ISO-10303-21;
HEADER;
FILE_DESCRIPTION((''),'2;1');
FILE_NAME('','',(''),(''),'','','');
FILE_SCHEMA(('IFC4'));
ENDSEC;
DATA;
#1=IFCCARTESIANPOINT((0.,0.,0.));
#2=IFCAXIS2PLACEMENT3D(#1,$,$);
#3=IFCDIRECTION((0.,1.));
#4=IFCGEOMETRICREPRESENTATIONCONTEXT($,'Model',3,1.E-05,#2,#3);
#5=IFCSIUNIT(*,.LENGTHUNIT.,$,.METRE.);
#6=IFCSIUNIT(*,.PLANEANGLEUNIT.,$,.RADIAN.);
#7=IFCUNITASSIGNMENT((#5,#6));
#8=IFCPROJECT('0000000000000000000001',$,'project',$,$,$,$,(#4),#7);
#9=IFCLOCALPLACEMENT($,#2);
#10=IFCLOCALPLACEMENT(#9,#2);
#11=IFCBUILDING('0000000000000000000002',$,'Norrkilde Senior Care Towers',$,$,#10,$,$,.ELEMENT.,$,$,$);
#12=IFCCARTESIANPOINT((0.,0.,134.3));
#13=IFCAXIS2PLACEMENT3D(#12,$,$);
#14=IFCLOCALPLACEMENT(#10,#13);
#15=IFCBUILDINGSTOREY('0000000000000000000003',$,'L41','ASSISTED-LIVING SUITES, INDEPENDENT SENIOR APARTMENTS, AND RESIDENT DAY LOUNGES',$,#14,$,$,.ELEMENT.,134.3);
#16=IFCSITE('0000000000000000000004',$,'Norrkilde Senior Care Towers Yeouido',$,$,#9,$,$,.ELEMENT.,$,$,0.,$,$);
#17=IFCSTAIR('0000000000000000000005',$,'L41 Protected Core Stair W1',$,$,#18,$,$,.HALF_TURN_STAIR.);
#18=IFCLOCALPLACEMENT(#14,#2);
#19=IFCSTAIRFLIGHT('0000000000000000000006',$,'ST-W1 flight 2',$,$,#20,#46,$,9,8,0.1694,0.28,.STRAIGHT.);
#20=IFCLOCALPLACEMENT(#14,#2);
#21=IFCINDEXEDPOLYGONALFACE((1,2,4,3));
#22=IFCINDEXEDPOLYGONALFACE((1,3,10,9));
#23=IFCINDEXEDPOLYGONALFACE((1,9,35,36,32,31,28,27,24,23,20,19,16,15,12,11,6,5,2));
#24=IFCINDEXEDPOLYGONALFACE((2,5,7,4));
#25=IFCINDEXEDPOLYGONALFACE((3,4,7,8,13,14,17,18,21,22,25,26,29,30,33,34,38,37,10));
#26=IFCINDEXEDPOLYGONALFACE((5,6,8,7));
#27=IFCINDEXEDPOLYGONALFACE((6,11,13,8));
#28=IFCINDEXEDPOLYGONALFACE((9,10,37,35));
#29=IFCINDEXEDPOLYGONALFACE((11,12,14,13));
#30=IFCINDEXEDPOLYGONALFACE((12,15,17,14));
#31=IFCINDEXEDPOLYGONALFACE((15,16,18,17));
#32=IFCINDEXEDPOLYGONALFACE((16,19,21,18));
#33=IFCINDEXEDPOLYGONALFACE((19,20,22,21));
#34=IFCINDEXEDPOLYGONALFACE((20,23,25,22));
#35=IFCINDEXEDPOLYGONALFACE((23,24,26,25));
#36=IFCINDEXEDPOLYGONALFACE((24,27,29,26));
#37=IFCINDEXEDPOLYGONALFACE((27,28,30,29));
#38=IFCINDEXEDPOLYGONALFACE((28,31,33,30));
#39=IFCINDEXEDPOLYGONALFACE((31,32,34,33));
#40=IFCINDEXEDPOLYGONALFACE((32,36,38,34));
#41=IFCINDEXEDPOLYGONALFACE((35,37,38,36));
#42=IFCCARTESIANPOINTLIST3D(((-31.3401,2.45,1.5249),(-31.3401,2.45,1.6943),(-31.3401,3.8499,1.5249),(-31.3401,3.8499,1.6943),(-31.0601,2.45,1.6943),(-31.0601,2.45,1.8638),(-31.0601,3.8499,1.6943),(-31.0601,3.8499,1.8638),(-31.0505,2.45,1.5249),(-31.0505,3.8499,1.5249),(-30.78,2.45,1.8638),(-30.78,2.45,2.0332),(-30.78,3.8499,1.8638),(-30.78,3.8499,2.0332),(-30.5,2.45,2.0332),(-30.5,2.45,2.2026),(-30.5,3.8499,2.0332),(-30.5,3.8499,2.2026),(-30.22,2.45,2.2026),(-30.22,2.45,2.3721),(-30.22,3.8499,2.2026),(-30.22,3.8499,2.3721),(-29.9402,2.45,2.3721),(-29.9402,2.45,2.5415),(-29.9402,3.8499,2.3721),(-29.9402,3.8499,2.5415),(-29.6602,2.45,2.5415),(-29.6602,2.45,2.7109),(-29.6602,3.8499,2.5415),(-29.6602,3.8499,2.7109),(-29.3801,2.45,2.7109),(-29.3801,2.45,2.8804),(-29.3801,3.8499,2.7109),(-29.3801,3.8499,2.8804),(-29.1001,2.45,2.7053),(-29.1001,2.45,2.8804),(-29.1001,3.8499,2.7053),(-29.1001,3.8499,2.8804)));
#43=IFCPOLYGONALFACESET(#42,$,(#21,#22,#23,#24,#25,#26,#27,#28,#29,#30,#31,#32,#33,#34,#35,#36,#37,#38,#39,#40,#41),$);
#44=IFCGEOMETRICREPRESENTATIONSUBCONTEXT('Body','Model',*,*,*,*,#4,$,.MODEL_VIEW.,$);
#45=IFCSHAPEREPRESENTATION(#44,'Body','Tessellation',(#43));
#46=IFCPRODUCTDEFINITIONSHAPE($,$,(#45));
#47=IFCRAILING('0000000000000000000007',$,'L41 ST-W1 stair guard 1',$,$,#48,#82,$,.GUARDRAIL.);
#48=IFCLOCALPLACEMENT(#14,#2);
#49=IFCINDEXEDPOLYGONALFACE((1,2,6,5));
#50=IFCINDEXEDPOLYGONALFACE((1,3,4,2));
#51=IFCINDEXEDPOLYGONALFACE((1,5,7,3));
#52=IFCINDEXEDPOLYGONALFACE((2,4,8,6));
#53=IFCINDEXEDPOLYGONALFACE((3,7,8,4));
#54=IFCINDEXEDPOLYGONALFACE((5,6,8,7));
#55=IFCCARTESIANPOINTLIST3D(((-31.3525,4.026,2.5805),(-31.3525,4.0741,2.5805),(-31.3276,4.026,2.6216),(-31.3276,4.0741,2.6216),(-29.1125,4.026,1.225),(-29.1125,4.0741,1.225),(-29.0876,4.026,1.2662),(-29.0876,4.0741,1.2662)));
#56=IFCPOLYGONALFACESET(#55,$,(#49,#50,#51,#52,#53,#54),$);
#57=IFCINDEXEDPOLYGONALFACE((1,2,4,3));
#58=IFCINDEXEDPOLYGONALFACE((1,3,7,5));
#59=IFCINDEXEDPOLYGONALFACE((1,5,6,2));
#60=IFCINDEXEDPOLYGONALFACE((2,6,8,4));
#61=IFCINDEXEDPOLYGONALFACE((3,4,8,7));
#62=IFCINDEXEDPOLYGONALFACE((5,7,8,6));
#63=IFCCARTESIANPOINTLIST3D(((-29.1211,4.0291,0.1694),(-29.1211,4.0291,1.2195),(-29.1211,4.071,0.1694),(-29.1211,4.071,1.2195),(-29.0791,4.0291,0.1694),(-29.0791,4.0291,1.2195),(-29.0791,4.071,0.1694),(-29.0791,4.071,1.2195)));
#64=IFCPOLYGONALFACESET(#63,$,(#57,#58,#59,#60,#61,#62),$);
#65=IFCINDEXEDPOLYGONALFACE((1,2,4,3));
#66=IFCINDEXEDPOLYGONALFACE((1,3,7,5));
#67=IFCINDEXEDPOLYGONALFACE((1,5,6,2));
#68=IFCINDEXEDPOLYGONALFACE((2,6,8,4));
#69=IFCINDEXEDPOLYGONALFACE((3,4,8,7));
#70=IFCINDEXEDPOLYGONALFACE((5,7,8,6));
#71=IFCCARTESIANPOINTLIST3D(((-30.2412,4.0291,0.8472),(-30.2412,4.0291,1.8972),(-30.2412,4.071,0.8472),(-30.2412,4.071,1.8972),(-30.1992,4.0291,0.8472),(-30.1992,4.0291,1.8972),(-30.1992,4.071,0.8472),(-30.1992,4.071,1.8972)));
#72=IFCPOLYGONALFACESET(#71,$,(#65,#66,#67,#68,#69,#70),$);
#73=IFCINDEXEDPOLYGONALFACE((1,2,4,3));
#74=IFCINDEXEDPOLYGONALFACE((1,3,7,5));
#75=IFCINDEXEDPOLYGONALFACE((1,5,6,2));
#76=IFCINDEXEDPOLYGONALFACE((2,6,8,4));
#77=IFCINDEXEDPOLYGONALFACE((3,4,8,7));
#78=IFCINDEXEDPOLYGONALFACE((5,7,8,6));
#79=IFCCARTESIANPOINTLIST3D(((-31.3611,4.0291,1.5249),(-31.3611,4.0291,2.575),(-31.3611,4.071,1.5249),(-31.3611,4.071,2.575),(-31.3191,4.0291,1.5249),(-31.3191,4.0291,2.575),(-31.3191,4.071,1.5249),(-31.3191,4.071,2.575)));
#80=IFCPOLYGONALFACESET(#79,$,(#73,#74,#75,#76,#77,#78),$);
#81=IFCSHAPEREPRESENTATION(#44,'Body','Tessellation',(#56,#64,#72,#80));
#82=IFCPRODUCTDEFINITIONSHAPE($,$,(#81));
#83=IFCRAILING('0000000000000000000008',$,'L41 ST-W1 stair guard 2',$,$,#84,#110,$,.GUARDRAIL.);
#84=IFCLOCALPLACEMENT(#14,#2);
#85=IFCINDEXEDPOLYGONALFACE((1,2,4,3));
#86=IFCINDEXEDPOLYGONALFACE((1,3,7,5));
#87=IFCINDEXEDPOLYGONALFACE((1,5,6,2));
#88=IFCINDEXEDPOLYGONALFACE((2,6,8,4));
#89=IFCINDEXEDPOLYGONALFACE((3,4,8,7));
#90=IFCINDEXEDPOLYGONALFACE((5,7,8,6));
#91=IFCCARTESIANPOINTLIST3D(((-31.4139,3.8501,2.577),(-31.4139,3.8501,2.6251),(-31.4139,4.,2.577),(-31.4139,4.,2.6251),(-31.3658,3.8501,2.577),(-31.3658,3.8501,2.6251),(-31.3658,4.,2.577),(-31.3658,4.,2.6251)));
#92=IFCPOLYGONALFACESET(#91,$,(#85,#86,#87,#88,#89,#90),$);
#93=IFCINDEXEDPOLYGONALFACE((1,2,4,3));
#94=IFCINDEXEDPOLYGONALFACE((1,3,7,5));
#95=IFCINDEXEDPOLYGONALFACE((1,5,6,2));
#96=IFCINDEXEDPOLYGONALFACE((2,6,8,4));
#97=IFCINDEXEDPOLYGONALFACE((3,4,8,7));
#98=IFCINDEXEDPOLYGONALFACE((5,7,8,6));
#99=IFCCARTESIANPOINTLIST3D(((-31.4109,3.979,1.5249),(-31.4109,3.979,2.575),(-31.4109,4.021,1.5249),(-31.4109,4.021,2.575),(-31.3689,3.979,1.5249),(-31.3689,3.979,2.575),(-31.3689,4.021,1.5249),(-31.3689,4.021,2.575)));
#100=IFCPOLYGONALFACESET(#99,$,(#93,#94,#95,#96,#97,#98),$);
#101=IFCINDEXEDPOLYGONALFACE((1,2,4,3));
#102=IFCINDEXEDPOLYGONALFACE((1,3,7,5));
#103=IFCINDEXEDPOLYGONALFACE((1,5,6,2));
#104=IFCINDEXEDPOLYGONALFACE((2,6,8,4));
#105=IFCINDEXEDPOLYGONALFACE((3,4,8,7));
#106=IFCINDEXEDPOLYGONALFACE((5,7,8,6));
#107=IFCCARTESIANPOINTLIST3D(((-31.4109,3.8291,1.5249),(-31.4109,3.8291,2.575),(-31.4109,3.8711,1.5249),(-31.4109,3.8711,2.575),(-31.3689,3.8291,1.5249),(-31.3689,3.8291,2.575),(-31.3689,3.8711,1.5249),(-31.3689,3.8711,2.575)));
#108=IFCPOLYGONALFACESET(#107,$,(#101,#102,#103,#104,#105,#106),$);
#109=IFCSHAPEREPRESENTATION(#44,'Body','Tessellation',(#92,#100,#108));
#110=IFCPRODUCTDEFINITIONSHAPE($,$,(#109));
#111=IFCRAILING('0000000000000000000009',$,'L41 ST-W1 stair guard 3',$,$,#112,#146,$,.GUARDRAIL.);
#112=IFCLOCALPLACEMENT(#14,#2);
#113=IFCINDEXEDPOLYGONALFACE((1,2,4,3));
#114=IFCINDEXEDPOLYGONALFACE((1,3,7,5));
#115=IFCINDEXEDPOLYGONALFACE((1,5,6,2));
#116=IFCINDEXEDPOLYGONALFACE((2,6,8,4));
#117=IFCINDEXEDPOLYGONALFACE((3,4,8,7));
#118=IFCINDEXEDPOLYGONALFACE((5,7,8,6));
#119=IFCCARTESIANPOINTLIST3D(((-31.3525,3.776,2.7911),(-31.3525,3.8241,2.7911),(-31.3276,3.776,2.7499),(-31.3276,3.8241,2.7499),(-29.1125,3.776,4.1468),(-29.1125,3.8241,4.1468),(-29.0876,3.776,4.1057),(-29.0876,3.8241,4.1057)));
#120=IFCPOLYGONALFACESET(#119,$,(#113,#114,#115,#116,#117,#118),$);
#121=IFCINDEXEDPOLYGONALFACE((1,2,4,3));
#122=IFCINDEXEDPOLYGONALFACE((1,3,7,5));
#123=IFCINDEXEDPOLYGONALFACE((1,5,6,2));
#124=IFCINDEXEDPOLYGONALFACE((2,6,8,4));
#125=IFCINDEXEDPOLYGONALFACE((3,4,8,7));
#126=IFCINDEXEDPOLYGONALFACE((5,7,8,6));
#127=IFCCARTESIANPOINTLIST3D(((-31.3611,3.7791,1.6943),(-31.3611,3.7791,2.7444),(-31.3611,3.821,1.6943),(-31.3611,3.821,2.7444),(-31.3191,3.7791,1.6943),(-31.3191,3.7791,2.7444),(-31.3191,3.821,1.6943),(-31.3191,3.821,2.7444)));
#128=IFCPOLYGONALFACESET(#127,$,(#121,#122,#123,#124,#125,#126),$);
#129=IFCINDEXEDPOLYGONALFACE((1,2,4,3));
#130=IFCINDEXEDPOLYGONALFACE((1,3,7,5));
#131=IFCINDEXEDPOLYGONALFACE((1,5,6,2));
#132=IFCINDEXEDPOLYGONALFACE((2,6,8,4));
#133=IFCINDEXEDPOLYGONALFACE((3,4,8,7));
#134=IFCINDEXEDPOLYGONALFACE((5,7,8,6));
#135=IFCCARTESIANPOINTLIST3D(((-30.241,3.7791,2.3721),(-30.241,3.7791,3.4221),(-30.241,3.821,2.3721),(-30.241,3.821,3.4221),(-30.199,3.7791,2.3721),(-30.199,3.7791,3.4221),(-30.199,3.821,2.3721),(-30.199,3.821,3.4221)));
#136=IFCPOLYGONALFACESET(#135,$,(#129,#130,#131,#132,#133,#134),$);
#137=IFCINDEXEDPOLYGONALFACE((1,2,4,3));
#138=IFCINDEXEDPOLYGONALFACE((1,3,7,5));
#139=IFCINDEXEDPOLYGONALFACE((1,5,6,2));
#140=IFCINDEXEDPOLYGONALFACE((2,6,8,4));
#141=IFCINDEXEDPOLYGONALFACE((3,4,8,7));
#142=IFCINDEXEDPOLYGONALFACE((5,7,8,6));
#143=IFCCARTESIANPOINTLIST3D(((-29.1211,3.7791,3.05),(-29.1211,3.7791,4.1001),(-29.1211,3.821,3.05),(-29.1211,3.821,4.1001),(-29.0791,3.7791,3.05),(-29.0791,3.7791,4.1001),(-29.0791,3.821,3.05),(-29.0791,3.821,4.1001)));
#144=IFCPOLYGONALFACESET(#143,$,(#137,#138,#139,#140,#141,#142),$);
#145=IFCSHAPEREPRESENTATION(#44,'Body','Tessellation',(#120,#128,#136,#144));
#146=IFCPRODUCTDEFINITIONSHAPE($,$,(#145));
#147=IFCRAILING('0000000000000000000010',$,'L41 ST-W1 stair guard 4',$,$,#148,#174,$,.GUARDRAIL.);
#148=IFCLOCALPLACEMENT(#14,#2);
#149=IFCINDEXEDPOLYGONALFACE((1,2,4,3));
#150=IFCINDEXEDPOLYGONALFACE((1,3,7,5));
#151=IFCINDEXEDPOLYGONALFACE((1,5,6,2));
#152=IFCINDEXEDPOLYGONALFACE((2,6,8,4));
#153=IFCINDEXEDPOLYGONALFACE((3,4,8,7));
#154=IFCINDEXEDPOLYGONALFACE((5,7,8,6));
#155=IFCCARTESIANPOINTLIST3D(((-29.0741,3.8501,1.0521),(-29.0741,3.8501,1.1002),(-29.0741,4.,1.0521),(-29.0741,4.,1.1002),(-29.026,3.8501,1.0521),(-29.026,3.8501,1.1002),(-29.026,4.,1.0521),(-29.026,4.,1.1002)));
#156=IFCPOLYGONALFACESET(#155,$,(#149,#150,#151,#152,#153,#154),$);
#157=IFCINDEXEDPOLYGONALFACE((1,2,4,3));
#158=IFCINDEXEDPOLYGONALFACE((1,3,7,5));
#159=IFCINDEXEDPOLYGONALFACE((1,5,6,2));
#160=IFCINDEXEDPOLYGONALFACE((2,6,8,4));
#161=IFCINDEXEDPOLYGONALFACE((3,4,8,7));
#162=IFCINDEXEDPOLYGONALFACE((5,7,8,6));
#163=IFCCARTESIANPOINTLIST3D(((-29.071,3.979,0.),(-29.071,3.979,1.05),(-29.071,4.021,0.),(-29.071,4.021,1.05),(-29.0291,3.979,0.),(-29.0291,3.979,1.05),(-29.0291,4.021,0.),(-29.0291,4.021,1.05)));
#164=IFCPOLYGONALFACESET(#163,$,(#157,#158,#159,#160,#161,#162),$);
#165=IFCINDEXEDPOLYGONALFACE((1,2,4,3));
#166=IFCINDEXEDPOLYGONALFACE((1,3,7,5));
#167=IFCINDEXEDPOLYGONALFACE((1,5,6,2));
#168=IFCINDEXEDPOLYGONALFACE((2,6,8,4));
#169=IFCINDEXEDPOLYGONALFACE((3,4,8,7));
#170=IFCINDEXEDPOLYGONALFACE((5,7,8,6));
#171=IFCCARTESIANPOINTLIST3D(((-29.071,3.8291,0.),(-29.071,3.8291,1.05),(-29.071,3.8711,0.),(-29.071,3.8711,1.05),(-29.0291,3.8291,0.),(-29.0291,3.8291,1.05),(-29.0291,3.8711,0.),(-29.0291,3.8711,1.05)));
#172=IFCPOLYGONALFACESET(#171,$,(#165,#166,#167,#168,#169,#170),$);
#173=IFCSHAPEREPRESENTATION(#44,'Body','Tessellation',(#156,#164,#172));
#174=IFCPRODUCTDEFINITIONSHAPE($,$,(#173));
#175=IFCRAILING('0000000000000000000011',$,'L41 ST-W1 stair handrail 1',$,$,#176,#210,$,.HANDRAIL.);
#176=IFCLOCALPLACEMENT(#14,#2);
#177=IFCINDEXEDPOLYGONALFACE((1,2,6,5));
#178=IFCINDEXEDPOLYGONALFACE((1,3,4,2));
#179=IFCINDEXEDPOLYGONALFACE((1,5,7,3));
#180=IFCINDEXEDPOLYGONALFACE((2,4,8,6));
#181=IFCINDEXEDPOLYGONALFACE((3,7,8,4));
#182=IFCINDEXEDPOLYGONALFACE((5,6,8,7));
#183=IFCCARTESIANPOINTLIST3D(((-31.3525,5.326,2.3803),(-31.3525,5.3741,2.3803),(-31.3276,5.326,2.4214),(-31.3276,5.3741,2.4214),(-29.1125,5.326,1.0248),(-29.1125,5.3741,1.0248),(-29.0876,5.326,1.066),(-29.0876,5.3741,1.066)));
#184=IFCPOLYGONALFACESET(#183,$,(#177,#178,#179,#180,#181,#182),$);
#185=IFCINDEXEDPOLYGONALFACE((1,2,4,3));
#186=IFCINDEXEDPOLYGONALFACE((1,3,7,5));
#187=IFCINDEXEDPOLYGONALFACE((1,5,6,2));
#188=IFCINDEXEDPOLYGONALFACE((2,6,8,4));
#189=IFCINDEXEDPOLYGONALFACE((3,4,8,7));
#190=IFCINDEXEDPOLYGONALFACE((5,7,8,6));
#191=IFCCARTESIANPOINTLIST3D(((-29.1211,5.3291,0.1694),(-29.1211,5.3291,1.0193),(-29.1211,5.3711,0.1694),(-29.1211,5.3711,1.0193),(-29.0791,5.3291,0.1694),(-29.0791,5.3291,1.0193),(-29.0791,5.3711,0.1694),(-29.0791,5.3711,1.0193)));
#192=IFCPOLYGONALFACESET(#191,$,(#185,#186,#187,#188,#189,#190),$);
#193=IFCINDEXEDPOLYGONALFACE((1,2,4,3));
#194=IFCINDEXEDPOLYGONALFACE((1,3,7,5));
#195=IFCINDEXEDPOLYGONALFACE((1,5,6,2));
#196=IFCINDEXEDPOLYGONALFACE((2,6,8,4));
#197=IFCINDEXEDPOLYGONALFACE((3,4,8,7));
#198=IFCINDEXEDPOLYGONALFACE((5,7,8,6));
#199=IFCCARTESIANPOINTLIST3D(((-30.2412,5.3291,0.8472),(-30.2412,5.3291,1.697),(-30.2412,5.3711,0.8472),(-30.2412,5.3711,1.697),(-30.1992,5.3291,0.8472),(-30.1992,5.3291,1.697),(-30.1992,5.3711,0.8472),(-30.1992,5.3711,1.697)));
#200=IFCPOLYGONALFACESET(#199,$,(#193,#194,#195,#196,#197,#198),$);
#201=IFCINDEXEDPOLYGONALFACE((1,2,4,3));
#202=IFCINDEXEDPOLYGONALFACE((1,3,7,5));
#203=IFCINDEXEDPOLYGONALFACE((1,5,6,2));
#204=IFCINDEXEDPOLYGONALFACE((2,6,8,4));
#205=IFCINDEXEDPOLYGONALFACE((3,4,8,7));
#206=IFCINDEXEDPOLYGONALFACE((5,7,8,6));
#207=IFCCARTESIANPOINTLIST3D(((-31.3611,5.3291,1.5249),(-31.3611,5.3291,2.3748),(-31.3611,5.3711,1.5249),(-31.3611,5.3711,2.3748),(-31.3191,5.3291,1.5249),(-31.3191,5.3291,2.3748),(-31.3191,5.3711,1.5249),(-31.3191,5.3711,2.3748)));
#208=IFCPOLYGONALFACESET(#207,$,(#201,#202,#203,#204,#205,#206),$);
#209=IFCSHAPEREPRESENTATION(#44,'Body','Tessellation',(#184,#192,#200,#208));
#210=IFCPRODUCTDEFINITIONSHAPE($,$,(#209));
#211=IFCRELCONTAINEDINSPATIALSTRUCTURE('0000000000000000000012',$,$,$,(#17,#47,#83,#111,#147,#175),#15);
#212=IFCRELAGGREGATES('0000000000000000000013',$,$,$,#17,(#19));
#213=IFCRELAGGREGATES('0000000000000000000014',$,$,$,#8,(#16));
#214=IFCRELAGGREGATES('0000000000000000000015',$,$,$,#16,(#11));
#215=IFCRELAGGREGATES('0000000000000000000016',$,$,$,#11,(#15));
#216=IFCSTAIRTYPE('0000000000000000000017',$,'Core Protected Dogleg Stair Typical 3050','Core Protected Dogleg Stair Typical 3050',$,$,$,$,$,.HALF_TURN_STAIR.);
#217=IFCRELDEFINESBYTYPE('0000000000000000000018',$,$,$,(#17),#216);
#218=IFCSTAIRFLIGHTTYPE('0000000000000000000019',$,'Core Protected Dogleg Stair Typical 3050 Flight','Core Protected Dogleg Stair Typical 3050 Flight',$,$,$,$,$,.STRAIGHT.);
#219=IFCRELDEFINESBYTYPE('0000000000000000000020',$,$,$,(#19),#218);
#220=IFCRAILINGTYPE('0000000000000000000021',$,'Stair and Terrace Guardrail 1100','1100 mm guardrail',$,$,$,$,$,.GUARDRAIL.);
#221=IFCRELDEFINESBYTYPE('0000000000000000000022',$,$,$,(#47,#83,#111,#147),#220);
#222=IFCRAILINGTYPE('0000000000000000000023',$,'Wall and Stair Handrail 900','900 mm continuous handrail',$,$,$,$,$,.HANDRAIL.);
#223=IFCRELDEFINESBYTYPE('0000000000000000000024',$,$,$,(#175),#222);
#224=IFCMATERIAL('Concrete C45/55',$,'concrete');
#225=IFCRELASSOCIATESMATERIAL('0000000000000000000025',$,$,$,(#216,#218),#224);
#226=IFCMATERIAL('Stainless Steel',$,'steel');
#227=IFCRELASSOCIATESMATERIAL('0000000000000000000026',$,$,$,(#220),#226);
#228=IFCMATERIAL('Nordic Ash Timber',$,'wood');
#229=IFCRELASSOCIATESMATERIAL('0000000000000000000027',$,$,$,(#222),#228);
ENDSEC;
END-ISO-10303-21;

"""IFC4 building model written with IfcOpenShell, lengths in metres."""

from ifc_helpers import new_model, si_unit, direction, frame, origin, origin_2d, place, context, subcontext, project, spatial, polyline, rectangle, outline, extrude, material, type_object, element, aggregate, save


model = new_model("IFC4")

# Units and contexts
model_context = context("Model", 3, precision=1e-05, world=origin(), true_north=direction((0.0, 1.0)))
body_context = subcontext(model_context, "Body", "Model", "MODEL_VIEW")
ifc_project = project(units=[si_unit("LENGTHUNIT", "METRE"), si_unit("PLANEANGLEUNIT", "RADIAN")], contexts=[model_context])

# Site, building, storey
site_placement = place(None, origin())
site = spatial("IfcSite", under=ifc_project, at=site_placement, Name="Norrkilde Senior Care Towers Yeouido", CompositionType="ELEMENT", RefElevation=0.0)
building_placement = place(site_placement, origin())
building = spatial("IfcBuilding", under=site, at=building_placement, Name="Norrkilde Senior Care Towers", CompositionType="ELEMENT")
storey_placement = place(building_placement, frame((0.0, 0.0, 134.3)))
storey = spatial("IfcBuildingStorey", under=building, at=storey_placement, Name="L41", Description="ASSISTED-LIVING SUITES, INDEPENDENT SENIOR APARTMENTS, AND RESIDENT DAY LOUNGES", CompositionType="ELEMENT", Elevation=134.3)

# Shared definitions
ifc_material_1 = material(Name="Concrete C45/55", Category="concrete")

# Stair, stair flight
stair_type = type_object("IfcStairType", Name="Core Protected Dogleg Stair Typical 3050", Description="Core Protected Dogleg Stair Typical 3050", PredefinedType="HALF_TURN_STAIR", material=ifc_material_1)
stair_placement = place(storey_placement, origin())
stair = element("IfcStair", 1, at=stair_placement, inside=storey, type_object=stair_type, Name="L41 Protected Core Stair W1", PredefinedType="HALF_TURN_STAIR")
stair_flight_type = type_object("IfcStairFlightType", Name="Core Protected Dogleg Stair Typical 3050 Flight", Description="Core Protected Dogleg Stair Typical 3050 Flight", PredefinedType="STRAIGHT", material=ifc_material_1)
stair_flight_1_placement = place(storey_placement, frame((-31.3401, 3.1499, 1.5249), z_axis=(0.0, 0.0, 1.0), x_axis=(1.0, 0.0, 0.0)))
stair_flight_1 = element("IfcStairFlight", 2, at=stair_flight_1_placement, type_object=stair_flight_type, Name="ST-W1 flight 2", NumberOfRisers=9, NumberOfTreads=8, PredefinedType="STRAIGHT", RiserHeight=0.1694, TreadLength=0.28, context=body_context, shape_type="SweptSolid", body=[
    extrude(outline(polyline([(0.0, 0.0), (0.0, 0.1694), (0.28, 0.1694), (0.28, 0.3389), (0.5601, 0.3389), (0.5601, 0.5083), (0.8401, 0.5083), (0.8401, 0.6777), (1.1201, 0.6777), (1.1201, 0.8472), (1.3999, 0.8472), (1.3999, 1.0166), (1.6799, 1.0166), (1.6799, 1.186), (1.96, 1.186), (1.96, 1.3555), (2.24, 1.3555), (2.24, 1.5249), (2.24, 1.1804), (0.2896, 0.0), (0.0, 0.0)])), frame((0.0, 0.7, 0.0), z_axis=(0.0, -1.0, 0.0), x_axis=(1.0, 0.0, 0.0)), (0.0, 0.0, 1.0), 1.3999),
])
aggregate(stair, [stair_flight_1])

# Railings
ifc_material_2 = material(Name="Stainless Steel", Category="steel")
railing_type_1 = type_object("IfcRailingType", Name="Stair and Terrace Guardrail 1100", Description="1100 mm guardrail", PredefinedType="GUARDRAIL", material=ifc_material_2)
railing_1_placement = place(storey_placement, frame((-29.1001, 4.05, 0.1694)))
element("IfcRailing", 3, at=railing_1_placement, inside=storey, type_object=railing_type_1, Name="L41 ST-W1 stair guard 1", PredefinedType="GUARDRAIL", context=body_context, shape_type="SweptSolid", body=[
    extrude(rectangle(XDim=0.0481, YDim=0.0481, at=origin_2d()), frame((0.0, 0.0, 1.0762), z_axis=(-0.855553, 0.0, 0.517715), x_axis=(0.0, -1.0, 0.0)), (0.0, 0.0, 1.0), 2.6182),
    extrude(rectangle(XDim=0.042, YDim=0.042, at=origin_2d()), origin(), (0.0, 0.0, 1.0), 1.05),
    extrude(rectangle(XDim=0.042, YDim=0.042, at=origin_2d()), frame((-1.1201, 0.0, 0.6777)), (0.0, 0.0, 1.0), 1.05),
    extrude(rectangle(XDim=0.042, YDim=0.042, at=origin_2d()), frame((-2.24, 0.0, 1.3555)), (0.0, 0.0, 1.0), 1.05),
])
railing_2_placement = place(storey_placement, frame((-31.3899, 4.0, 1.5249)))
element("IfcRailing", 4, at=railing_2_placement, inside=storey, type_object=railing_type_1, Name="L41 ST-W1 stair guard 2", PredefinedType="GUARDRAIL", context=body_context, shape_type="SweptSolid", body=[
    extrude(rectangle(XDim=0.0481, YDim=0.0481, at=origin_2d()), frame((0.0, 0.0, 1.0762), z_axis=(0.0, -1.0, 0.0), x_axis=(1.0, 0.0, 0.0)), (0.0, 0.0, 1.0), 0.1499),
    extrude(rectangle(XDim=0.042, YDim=0.042, at=origin_2d()), origin(), (0.0, 0.0, 1.0), 1.05),
    extrude(rectangle(XDim=0.042, YDim=0.042, at=origin_2d()), frame((0.0, -0.1499, 0.0)), (0.0, 0.0, 1.0), 1.05),
])
railing_3_placement = place(storey_placement, frame((-31.3401, 3.8, 1.6943)))
element("IfcRailing", 5, at=railing_3_placement, inside=storey, type_object=railing_type_1, Name="L41 ST-W1 stair guard 3", PredefinedType="GUARDRAIL", context=body_context, shape_type="SweptSolid", body=[
    extrude(rectangle(XDim=0.0481, YDim=0.0481, at=origin_2d()), frame((0.0, 0.0, 1.0762), z_axis=(0.855512, 0.0, 0.517783), x_axis=(0.0, 1.0, 0.0)), (0.0, 0.0, 1.0), 2.6184),
    extrude(rectangle(XDim=0.042, YDim=0.042, at=origin_2d()), origin(), (0.0, 0.0, 1.0), 1.05),
    extrude(rectangle(XDim=0.042, YDim=0.042, at=origin_2d()), frame((1.1201, 0.0, 0.6777)), (0.0, 0.0, 1.0), 1.05),
    extrude(rectangle(XDim=0.042, YDim=0.042, at=origin_2d()), frame((2.24, 0.0, 1.3557)), (0.0, 0.0, 1.0), 1.05),
])
railing_4_placement = place(storey_placement, frame((-29.05, 4.0, 0.0)))
element("IfcRailing", 6, at=railing_4_placement, inside=storey, type_object=railing_type_1, Name="L41 ST-W1 stair guard 4", PredefinedType="GUARDRAIL", context=body_context, shape_type="SweptSolid", body=[
    extrude(rectangle(XDim=0.0481, YDim=0.0481, at=origin_2d()), frame((0.0, 0.0, 1.0762), z_axis=(0.0, -1.0, 0.0), x_axis=(1.0, 0.0, 0.0)), (0.0, 0.0, 1.0), 0.1499),
    extrude(rectangle(XDim=0.042, YDim=0.042, at=origin_2d()), origin(), (0.0, 0.0, 1.0), 1.05),
    extrude(rectangle(XDim=0.042, YDim=0.042, at=origin_2d()), frame((0.0, -0.1499, 0.0)), (0.0, 0.0, 1.0), 1.05),
])
ifc_material_3 = material(Name="Nordic Ash Timber", Category="wood")
railing_type_2 = type_object("IfcRailingType", Name="Wall and Stair Handrail 900", Description="900 mm continuous handrail", PredefinedType="HANDRAIL", material=ifc_material_3)
railing_5_placement = place(storey_placement, frame((-29.1001, 5.3501, 0.1694)))
element("IfcRailing", 7, at=railing_5_placement, inside=storey, type_object=railing_type_2, Name="L41 ST-W1 stair handrail 1", PredefinedType="HANDRAIL", context=body_context, shape_type="SweptSolid", body=[
    extrude(rectangle(XDim=0.0481, YDim=0.0481, at=origin_2d()), frame((0.0, 0.0, 0.876), z_axis=(-0.855553, 0.0, 0.517715), x_axis=(0.0, -1.0, 0.0)), (0.0, 0.0, 1.0), 2.6182),
    extrude(rectangle(XDim=0.042, YDim=0.042, at=origin_2d()), origin(), (0.0, 0.0, 1.0), 0.8499),
    extrude(rectangle(XDim=0.042, YDim=0.042, at=origin_2d()), frame((-1.1201, 0.0, 0.6777)), (0.0, 0.0, 1.0), 0.8499),
    extrude(rectangle(XDim=0.042, YDim=0.042, at=origin_2d()), frame((-2.24, 0.0, 1.3555)), (0.0, 0.0, 1.0), 0.8499),
])

save(model, "model.ifc")
